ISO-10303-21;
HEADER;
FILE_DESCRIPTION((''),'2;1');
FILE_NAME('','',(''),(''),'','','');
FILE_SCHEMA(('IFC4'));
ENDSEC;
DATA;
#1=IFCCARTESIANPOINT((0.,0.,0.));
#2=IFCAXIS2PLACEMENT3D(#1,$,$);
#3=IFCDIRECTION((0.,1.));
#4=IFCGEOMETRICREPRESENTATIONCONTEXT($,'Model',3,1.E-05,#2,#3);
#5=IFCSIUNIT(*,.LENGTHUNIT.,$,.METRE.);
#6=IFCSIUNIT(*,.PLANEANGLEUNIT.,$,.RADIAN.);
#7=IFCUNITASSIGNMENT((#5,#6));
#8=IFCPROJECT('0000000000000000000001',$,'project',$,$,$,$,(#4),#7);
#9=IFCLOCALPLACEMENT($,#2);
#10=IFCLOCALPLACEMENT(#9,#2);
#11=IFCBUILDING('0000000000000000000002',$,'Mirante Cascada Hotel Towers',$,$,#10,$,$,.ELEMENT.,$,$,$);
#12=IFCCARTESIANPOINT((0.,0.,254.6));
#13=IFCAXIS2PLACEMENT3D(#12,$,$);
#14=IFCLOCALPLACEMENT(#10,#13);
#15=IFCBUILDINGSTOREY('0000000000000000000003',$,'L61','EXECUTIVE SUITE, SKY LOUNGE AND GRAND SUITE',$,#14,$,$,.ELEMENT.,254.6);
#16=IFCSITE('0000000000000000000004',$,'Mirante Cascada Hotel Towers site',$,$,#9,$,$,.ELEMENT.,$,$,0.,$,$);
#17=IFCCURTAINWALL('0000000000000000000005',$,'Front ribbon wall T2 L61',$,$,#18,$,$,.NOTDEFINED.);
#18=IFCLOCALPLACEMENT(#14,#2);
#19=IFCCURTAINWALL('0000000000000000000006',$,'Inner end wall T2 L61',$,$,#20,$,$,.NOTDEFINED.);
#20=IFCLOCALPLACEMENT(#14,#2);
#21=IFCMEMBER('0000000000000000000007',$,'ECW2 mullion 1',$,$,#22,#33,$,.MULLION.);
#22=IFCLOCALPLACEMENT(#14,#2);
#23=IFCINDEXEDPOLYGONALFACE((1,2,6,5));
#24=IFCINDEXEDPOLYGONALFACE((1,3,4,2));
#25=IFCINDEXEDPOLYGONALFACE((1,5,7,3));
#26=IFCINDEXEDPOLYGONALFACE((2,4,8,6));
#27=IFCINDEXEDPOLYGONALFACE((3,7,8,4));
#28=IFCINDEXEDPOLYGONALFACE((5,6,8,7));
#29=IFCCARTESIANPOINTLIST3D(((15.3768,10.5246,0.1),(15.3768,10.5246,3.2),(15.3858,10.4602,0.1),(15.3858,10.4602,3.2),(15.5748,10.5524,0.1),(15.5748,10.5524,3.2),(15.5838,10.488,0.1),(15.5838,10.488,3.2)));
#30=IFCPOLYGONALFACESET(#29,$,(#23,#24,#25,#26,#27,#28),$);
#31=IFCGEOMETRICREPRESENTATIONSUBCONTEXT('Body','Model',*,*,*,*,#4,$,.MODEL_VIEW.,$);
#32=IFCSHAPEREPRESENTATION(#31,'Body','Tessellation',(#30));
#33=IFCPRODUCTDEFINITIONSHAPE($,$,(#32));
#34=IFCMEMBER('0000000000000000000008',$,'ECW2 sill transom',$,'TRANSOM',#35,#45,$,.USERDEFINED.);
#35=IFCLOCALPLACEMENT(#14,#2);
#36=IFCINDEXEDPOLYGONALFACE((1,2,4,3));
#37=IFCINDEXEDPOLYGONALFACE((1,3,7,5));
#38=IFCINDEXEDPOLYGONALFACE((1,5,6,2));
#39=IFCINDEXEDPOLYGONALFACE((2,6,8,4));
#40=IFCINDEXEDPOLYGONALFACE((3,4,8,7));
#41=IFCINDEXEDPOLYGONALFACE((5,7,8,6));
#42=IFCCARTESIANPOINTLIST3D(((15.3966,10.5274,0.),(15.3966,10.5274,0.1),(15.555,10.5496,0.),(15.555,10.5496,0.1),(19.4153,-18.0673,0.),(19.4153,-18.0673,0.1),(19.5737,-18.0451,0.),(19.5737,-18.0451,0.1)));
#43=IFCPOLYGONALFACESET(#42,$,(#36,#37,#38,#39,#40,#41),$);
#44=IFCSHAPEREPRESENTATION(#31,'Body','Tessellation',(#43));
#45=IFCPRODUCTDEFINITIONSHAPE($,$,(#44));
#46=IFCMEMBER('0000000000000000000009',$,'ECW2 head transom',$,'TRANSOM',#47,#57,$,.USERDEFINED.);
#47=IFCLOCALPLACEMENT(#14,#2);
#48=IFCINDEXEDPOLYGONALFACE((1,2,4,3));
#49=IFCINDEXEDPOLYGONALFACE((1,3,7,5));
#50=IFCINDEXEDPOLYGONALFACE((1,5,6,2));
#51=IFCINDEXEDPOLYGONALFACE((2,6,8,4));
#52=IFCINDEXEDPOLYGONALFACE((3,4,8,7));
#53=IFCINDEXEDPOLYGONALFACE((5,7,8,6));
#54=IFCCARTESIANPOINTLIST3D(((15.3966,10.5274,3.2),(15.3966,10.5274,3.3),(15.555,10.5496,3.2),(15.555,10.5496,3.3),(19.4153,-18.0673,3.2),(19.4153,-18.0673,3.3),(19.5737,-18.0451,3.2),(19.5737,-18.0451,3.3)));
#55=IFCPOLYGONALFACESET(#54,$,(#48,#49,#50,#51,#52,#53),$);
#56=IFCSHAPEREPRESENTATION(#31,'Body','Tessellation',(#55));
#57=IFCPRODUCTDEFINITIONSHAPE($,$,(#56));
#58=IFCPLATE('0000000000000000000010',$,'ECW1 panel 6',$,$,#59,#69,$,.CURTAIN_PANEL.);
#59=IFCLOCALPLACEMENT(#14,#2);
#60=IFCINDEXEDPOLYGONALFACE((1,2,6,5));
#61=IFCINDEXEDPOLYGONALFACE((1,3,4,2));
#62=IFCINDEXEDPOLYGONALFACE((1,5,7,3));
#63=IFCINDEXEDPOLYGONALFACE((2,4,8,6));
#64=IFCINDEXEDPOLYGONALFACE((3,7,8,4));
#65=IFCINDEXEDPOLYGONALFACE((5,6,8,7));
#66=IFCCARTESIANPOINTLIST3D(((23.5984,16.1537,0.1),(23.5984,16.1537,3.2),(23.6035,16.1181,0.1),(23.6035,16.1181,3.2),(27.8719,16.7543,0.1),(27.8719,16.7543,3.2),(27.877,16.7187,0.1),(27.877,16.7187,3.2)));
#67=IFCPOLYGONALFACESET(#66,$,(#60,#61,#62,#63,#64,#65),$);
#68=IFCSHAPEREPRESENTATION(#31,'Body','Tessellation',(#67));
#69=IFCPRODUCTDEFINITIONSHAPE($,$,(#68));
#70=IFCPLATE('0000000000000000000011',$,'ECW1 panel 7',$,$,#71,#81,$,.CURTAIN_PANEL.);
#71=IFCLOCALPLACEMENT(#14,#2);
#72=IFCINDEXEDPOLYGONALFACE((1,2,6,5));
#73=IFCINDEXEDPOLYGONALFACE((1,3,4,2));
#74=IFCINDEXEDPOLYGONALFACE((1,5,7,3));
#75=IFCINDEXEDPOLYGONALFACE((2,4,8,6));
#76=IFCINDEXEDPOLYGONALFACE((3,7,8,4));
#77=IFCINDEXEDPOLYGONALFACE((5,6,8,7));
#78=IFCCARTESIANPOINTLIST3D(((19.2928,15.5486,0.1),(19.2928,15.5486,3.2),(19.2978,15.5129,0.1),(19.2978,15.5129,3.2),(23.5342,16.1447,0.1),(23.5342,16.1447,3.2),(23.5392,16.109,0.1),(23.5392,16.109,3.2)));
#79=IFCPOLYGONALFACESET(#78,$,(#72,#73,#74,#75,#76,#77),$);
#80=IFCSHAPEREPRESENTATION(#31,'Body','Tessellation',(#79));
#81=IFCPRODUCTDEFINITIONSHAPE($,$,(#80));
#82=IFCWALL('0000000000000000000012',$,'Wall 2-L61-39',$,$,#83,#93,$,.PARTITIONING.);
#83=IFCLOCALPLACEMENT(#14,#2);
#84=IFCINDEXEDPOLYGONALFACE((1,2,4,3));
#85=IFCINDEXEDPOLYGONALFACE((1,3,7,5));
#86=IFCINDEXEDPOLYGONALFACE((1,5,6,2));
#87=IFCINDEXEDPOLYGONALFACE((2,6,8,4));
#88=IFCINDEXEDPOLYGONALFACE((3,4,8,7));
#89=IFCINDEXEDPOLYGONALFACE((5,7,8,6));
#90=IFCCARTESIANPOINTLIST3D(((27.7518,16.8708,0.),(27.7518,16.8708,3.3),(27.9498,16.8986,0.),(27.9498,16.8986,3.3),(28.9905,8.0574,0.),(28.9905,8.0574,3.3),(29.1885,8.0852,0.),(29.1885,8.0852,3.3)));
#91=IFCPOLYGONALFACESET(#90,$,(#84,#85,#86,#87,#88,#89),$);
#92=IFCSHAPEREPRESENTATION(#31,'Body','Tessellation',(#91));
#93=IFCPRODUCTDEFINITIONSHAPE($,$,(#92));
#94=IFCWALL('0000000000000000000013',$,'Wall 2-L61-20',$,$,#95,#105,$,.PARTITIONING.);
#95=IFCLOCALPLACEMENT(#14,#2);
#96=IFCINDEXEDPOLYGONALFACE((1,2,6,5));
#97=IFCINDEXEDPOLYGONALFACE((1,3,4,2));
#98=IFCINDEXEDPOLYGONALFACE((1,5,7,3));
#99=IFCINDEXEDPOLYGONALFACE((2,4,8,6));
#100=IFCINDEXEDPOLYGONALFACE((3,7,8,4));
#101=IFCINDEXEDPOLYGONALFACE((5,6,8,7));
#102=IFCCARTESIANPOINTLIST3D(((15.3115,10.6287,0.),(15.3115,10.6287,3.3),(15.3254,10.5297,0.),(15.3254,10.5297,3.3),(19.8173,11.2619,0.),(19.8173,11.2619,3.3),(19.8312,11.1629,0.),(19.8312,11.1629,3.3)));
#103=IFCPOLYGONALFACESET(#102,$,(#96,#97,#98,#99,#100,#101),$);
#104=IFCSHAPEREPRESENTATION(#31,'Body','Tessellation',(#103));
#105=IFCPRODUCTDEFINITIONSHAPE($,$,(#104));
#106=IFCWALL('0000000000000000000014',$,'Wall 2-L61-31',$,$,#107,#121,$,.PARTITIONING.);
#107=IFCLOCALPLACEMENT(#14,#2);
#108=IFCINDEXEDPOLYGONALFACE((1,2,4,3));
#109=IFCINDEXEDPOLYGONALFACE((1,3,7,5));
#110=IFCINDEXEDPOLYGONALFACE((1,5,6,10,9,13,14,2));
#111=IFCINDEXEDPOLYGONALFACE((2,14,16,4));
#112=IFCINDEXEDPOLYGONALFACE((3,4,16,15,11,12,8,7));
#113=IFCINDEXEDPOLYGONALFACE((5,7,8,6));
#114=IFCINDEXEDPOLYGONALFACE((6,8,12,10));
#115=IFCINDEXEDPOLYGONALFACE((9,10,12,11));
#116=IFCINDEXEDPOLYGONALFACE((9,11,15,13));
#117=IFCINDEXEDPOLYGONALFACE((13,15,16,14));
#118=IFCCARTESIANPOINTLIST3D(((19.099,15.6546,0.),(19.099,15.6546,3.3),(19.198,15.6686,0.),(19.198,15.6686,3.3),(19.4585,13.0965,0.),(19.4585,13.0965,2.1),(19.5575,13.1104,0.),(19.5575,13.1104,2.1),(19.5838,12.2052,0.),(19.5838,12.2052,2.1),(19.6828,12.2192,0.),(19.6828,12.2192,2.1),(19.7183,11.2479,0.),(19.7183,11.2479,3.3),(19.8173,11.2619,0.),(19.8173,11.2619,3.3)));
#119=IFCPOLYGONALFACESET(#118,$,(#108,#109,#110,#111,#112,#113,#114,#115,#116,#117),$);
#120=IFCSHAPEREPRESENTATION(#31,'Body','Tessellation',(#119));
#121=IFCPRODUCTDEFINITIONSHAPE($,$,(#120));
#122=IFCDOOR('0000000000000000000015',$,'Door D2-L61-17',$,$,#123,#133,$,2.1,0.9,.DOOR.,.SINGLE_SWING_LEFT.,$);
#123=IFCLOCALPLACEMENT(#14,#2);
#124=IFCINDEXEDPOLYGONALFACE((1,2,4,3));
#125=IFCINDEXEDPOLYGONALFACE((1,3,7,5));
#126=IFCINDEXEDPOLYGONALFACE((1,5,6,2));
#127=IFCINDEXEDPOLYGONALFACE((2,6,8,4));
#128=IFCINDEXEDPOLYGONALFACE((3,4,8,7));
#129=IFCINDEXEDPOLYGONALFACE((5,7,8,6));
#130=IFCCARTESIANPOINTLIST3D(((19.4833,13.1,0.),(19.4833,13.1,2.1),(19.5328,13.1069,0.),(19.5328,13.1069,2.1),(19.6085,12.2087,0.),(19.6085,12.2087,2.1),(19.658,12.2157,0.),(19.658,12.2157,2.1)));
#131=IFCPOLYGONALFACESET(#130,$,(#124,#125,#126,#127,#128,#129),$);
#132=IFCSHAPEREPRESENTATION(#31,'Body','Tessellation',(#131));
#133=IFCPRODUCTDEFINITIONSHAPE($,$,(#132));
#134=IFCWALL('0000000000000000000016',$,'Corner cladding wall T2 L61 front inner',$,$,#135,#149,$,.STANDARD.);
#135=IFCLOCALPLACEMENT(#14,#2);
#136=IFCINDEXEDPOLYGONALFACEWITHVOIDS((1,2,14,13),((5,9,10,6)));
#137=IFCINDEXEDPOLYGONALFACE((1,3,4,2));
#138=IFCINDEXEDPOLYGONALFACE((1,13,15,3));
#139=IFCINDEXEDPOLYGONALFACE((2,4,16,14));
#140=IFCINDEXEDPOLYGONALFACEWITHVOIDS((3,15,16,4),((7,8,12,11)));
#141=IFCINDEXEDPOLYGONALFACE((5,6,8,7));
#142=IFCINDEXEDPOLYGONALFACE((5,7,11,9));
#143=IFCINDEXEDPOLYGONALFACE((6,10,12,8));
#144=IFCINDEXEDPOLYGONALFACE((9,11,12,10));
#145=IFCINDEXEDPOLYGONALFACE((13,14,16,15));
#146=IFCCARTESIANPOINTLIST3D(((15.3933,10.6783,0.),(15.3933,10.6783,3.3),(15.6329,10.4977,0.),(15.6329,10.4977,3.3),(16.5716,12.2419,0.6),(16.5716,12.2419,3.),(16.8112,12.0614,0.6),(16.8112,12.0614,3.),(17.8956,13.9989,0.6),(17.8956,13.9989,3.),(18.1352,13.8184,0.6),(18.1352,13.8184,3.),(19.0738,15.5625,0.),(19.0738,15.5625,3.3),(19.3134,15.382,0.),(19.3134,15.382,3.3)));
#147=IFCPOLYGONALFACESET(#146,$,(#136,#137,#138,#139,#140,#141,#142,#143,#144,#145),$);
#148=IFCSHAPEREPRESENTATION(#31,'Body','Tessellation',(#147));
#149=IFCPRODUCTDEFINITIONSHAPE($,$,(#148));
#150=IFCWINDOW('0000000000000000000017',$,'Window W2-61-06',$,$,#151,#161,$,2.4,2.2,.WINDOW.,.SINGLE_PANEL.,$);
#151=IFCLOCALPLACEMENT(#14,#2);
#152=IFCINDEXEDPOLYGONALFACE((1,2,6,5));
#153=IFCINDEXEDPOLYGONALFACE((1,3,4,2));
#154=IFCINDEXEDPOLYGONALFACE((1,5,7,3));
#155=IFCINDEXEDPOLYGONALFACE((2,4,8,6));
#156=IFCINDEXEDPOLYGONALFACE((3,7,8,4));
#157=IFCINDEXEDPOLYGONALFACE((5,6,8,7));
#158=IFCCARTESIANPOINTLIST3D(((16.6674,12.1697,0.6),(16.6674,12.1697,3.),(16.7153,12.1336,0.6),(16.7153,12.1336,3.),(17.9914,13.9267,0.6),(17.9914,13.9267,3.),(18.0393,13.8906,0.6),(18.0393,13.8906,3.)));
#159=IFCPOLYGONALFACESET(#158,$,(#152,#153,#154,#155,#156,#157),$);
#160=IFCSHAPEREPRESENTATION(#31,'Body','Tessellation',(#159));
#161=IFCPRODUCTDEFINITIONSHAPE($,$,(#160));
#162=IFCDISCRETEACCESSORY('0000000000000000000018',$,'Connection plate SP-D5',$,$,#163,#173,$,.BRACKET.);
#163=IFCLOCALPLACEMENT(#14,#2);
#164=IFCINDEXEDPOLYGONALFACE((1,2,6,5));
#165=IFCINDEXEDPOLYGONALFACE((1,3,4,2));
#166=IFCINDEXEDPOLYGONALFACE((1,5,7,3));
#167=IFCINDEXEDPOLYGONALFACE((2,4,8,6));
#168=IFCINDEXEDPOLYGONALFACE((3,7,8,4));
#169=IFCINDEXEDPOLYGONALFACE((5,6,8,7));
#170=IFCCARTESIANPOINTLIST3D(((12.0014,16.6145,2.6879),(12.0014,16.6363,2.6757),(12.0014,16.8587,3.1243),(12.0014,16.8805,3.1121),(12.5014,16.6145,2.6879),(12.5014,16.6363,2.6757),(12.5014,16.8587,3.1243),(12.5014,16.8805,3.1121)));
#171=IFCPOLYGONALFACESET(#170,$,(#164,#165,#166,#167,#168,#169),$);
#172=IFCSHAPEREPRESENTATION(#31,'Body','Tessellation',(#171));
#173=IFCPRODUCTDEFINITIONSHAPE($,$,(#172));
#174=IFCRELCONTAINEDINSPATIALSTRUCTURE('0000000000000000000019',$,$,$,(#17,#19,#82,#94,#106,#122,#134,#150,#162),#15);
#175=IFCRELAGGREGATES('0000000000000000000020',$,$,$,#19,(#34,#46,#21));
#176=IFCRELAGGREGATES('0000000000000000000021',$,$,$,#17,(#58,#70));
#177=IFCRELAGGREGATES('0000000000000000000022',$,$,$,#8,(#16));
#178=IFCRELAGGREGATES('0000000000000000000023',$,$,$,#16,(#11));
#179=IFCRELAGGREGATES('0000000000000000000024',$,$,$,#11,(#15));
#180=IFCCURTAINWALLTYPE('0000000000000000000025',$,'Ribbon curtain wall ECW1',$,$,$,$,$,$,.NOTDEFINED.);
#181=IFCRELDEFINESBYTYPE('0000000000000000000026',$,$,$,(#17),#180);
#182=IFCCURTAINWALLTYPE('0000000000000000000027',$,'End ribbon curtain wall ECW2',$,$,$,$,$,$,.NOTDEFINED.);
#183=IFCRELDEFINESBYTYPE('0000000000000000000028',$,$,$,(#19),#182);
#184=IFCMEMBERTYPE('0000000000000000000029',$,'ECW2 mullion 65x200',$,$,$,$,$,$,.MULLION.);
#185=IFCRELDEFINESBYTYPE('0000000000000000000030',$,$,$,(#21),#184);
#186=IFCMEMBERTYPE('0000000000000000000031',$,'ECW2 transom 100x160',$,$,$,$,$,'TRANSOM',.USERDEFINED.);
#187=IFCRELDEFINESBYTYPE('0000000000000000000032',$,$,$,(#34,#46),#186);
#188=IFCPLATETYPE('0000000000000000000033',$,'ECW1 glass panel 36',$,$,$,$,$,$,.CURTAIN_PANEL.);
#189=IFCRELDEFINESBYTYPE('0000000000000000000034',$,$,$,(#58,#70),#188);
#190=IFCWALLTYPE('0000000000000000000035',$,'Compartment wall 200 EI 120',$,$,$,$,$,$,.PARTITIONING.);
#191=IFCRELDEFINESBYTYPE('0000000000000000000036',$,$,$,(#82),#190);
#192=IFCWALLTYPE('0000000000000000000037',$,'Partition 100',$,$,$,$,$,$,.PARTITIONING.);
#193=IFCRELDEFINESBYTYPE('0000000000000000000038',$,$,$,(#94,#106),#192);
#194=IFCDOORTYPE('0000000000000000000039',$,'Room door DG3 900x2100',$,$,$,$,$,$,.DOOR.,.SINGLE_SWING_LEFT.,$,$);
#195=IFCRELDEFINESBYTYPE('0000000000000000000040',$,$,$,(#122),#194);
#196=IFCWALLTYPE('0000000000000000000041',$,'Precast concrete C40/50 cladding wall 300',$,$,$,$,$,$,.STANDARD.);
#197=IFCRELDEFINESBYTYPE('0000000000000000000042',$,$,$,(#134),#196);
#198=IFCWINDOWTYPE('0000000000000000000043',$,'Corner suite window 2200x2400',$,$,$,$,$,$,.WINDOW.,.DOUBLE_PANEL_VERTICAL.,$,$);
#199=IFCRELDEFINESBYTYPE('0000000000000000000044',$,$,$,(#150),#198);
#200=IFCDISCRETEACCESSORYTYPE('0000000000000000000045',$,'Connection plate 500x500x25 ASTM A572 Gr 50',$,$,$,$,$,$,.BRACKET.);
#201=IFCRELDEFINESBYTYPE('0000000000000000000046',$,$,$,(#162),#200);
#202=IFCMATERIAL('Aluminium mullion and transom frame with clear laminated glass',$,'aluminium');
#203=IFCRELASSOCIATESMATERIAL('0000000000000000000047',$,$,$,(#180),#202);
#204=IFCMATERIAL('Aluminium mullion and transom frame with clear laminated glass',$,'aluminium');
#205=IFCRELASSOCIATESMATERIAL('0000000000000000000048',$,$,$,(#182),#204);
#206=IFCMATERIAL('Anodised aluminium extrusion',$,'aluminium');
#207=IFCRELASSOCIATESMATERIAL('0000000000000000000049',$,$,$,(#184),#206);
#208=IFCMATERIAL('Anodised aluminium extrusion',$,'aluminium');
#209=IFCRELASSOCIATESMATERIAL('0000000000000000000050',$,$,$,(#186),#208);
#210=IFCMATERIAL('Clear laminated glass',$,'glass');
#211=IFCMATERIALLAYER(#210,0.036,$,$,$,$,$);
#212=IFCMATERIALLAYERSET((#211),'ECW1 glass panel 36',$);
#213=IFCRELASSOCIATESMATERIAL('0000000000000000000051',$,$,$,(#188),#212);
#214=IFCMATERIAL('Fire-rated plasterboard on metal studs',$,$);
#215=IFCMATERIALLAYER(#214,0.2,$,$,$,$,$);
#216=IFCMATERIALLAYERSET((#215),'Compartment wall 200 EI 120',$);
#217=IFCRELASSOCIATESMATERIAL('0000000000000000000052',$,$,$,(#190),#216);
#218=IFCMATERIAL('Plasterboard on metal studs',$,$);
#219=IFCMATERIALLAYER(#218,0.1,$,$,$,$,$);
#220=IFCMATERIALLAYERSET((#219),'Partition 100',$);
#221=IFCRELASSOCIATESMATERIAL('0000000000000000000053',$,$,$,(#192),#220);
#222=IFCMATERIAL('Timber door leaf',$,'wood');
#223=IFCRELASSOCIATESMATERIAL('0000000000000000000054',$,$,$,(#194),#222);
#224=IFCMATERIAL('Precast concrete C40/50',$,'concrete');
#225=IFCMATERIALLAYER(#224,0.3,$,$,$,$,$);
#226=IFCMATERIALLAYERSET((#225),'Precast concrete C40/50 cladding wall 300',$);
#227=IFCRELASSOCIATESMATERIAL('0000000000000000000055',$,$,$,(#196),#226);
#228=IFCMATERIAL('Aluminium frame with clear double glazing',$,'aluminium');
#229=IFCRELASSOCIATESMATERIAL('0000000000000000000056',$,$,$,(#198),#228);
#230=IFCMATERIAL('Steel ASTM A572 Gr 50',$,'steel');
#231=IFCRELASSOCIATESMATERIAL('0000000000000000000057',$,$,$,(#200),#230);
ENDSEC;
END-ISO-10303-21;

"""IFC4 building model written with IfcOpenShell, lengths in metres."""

from ifc_helpers import new_model, si_unit, direction, frame, frame_2d, origin, origin_2d, place, context, subcontext, project, spatial, rectangle, extrude, material, layer, layer_set, material_profile, profile_set, type_object, element, fill, aggregate, save


model = new_model("IFC4")

# Units and contexts
model_context = context("Model", 3, precision=1e-05, world=origin(), true_north=direction((0.0, 1.0)))
body_context = subcontext(model_context, "Body", "Model", "MODEL_VIEW")
ifc_project = project(units=[si_unit("LENGTHUNIT", "METRE"), si_unit("PLANEANGLEUNIT", "RADIAN")], contexts=[model_context])

# Site, building, storey
site_placement = place(None, origin())
site = spatial("IfcSite", under=ifc_project, at=site_placement, Name="Mirante Cascada Hotel Towers site", CompositionType="ELEMENT", RefElevation=0.0)
building_placement = place(site_placement, origin())
building = spatial("IfcBuilding", under=site, at=building_placement, Name="Mirante Cascada Hotel Towers", CompositionType="ELEMENT")
storey_placement = place(building_placement, frame((0.0, 0.0, 254.6)))
storey = spatial("IfcBuildingStorey", under=building, at=storey_placement, Name="L61", Description="EXECUTIVE SUITE, SKY LOUNGE AND GRAND SUITE", CompositionType="ELEMENT", Elevation=254.6)

# Curtain walls, members
ifc_material_1 = material(Name="Aluminium mullion and transom frame with clear laminated glass", Category="aluminium")
curtain_wall_type_1 = type_object("IfcCurtainWallType", Name="Ribbon curtain wall ECW1", PredefinedType="NOTDEFINED", material=ifc_material_1)
curtain_wall_1_placement = place(storey_placement, origin())
curtain_wall_1 = element("IfcCurtainWall", 1, at=curtain_wall_1_placement, inside=storey, type_object=curtain_wall_type_1, Name="Front ribbon wall T2 L61", PredefinedType="NOTDEFINED")
ifc_material_2 = material(Name="Aluminium mullion and transom frame with clear laminated glass", Category="aluminium")
curtain_wall_type_2 = type_object("IfcCurtainWallType", Name="End ribbon curtain wall ECW2", PredefinedType="NOTDEFINED", material=ifc_material_2)
curtain_wall_2_placement = place(storey_placement, origin())
curtain_wall_2 = element("IfcCurtainWall", 2, at=curtain_wall_2_placement, inside=storey, type_object=curtain_wall_type_2, Name="Inner end wall T2 L61", PredefinedType="NOTDEFINED")
ifc_material_3 = material(Name="Anodised aluminium extrusion", Category="aluminium")
ifc_material_profile_1 = material_profile(ifc_material_3, rectangle(XDim=0.2, YDim=0.065, at=origin_2d()), Name="ECW2 MULLION 65x200")
ifc_profile_set_1 = profile_set([ifc_material_profile_1], Name="Anodised aluminium extrusion")
member_type_1 = type_object("IfcMemberType", Name="ECW2 mullion 65x200", PredefinedType="MULLION", material=ifc_profile_set_1)
member_1_placement = place(storey_placement, frame((15.4803, 10.5063, 0.1), z_axis=(0.0, 0.0, 1.0), x_axis=(0.990268, 0.139173, 0.0)))
member_1 = element("IfcMember", 3, at=member_1_placement, type_object=member_type_1, Name="ECW2 mullion 1", PredefinedType="MULLION", context=body_context, shape_type="SweptSolid", body=[
    extrude(rectangle(XDim=0.2, YDim=0.065, at=origin_2d()), origin(), (0.0, 0.0, 1.0), 3.1),
])
ifc_material_4 = material(Name="Anodised aluminium extrusion", Category="aluminium")
ifc_material_profile_2 = material_profile(ifc_material_4, rectangle(XDim=0.16, YDim=0.1, at=origin_2d()), Name="ECW2 TRANSOM 100x160")
ifc_profile_set_2 = profile_set([ifc_material_profile_2], Name="Anodised aluminium extrusion")
member_type_2 = type_object("IfcMemberType", Name="ECW2 transom 100x160", ElementType="TRANSOM", PredefinedType="USERDEFINED", material=ifc_profile_set_2)
member_2_placement = place(storey_placement, frame((15.4758, 10.5385, 0.05), z_axis=(0.139172, -0.990268, 0.0), x_axis=(0.990268, 0.139172, 0.0)))
member_2 = element("IfcMember", 4, at=member_2_placement, type_object=member_type_2, Name="ECW2 sill transom", ObjectType="TRANSOM", PredefinedType="USERDEFINED", context=body_context, shape_type="SweptSolid", body=[
    extrude(rectangle(XDim=0.16, YDim=0.1, at=origin_2d()), origin(), (0.0, 0.0, 1.0), 28.8757),
])
member_3_placement = place(storey_placement, frame((15.4758, 10.5385, 3.25), z_axis=(0.139172, -0.990268, 0.0), x_axis=(0.990268, 0.139172, 0.0)))
member_3 = element("IfcMember", 5, at=member_3_placement, type_object=member_type_2, Name="ECW2 head transom", ObjectType="TRANSOM", PredefinedType="USERDEFINED", context=body_context, shape_type="SweptSolid", body=[
    extrude(rectangle(XDim=0.16, YDim=0.1, at=origin_2d()), origin(), (0.0, 0.0, 1.0), 28.8757),
])
aggregate(curtain_wall_2, [member_2, member_3, member_1])

# Plates
ifc_material_5 = material(Name="Clear laminated glass", Category="glass")
ifc_layer_1 = layer(ifc_material_5, 0.036)
ifc_layer_set_1 = layer_set([ifc_layer_1], Name="ECW1 glass panel 36")
plate_type = type_object("IfcPlateType", Name="ECW1 glass panel 36", PredefinedType="CURTAIN_PANEL", material=ifc_layer_set_1)
plate_1_placement = place(storey_placement, frame((25.7377, 16.4362, 0.1), z_axis=(0.0, 0.0, 1.0), x_axis=(-0.990268, -0.139173, 0.0)))
plate_1 = element("IfcPlate", 6, at=plate_1_placement, type_object=plate_type, Name="ECW1 panel 6", PredefinedType="CURTAIN_PANEL", context=body_context, shape_type="SweptSolid", body=[
    extrude(rectangle(XDim=4.3155, YDim=0.036, at=origin_2d()), origin(), (0.0, 0.0, 1.0), 3.1),
])
plate_2_placement = place(storey_placement, frame((21.416, 15.8288, 0.1), z_axis=(0.0, 0.0, 1.0), x_axis=(-0.990268, -0.139173, 0.0)))
plate_2 = element("IfcPlate", 7, at=plate_2_placement, type_object=plate_type, Name="ECW1 panel 7", PredefinedType="CURTAIN_PANEL", context=body_context, shape_type="SweptSolid", body=[
    extrude(rectangle(XDim=4.283, YDim=0.036, at=origin_2d()), origin(), (0.0, 0.0, 1.0), 3.1),
])
aggregate(curtain_wall_1, [plate_1, plate_2])

# Walls
ifc_material_6 = material(Name="Fire-rated plasterboard on metal studs")
ifc_layer_2 = layer(ifc_material_6, 0.2)
ifc_layer_set_2 = layer_set([ifc_layer_2], Name="Compartment wall 200 EI 120")
wall_type_1 = type_object("IfcWallType", Name="Compartment wall 200 EI 120", PredefinedType="PARTITIONING", material=ifc_layer_set_2)
wall_1_placement = place(storey_placement, frame((27.8508, 16.8847, 0.0), z_axis=(0.0, 0.0, 1.0), x_axis=(0.139179, -0.990267, 0.0)))
element("IfcWall", 8, at=wall_1_placement, inside=storey, type_object=wall_type_1, Name="Wall 2-L61-39", PredefinedType="PARTITIONING", context=body_context, shape_type="SweptSolid", body=[
    extrude(rectangle(XDim=8.9, YDim=0.2, at=frame_2d((4.45, 0.0))), origin(), (0.0, 0.0, 1.0), 3.3),
])
ifc_material_7 = material(Name="Plasterboard on metal studs")
ifc_layer_3 = layer(ifc_material_7, 0.1)
ifc_layer_set_3 = layer_set([ifc_layer_3], Name="Partition 100")
wall_type_2 = type_object("IfcWallType", Name="Partition 100", PredefinedType="PARTITIONING", material=ifc_layer_set_3)
wall_2_placement = place(storey_placement, frame((15.3185, 10.5792, 0.0), z_axis=(0.0, 0.0, 1.0), x_axis=(0.99027, 0.139163, 0.0)))
element("IfcWall", 9, at=wall_2_placement, inside=storey, type_object=wall_type_2, Name="Wall 2-L61-20", PredefinedType="PARTITIONING", context=body_context, shape_type="SweptSolid", body=[
    extrude(rectangle(XDim=4.5501, YDim=0.1, at=frame_2d((2.275, 0.0))), origin(), (0.0, 0.0, 1.0), 3.3),
])

# Wall, opening, door
wall_3_placement = place(storey_placement, frame((19.1485, 15.6616, 0.0), z_axis=(0.0, 0.0, 1.0), x_axis=(0.139168, -0.990269, 0.0)))
wall_3 = element("IfcWall", 10, at=wall_3_placement, inside=storey, type_object=wall_type_2, Name="Wall 2-L61-31", PredefinedType="PARTITIONING", context=body_context, shape_type="SweptSolid", body=[
    extrude(rectangle(XDim=4.45, YDim=0.1, at=frame_2d((2.225, 0.0))), origin(), (0.0, 0.0, 1.0), 3.3),
])
opening_1_placement = place(wall_3_placement, frame((2.5833, 0.0, 0.0)))
opening_1 = element("IfcOpeningElement", 11, at=opening_1_placement, cuts=wall_3, PredefinedType="OPENING", context=body_context, shape_type="SweptSolid", body=[
    extrude(rectangle(XDim=0.9, YDim=2.1, at=frame_2d((0.45, 1.05))), frame((0.0, 0.05, 0.0), z_axis=(0.0, -1.0, 0.0), x_axis=(1.0, 0.0, 0.0)), (0.0, 0.0, 1.0), 0.1),
])
ifc_material_8 = material(Name="Timber door leaf", Category="wood")
door_type = type_object("IfcDoorType", Name="Room door DG3 900x2100", OperationType="SINGLE_SWING_LEFT", PredefinedType="DOOR", material=ifc_material_8)
door_placement = place(opening_1_placement, origin())
door = element("IfcDoor", 12, at=door_placement, inside=storey, type_object=door_type, Name="Door D2-L61-17", OperationType="SINGLE_SWING_LEFT", OverallHeight=2.1, OverallWidth=0.9, PredefinedType="DOOR", context=body_context, shape_type="SweptSolid", body=[
    extrude(rectangle(XDim=0.9, YDim=2.1, at=frame_2d((0.45, 1.05))), frame((0.0, 0.025, 0.0), z_axis=(0.0, -1.0, 0.0), x_axis=(1.0, 0.0, 0.0)), (0.0, 0.0, 1.0), 0.05),
])
fill(opening_1, door)

# Wall, opening, window
ifc_material_9 = material(Name="Precast concrete C40/50", Category="concrete")
ifc_layer_4 = layer(ifc_material_9, 0.3)
ifc_layer_set_4 = layer_set([ifc_layer_4], Name="Precast concrete C40/50 cladding wall 300")
wall_type_3 = type_object("IfcWallType", Name="Precast concrete C40/50 cladding wall 300", PredefinedType="STANDARD", material=ifc_layer_set_4)
wall_4_placement = place(storey_placement, frame((19.1936, 15.4722, 0.0), z_axis=(0.0, 0.0, 1.0), x_axis=(-0.601814, -0.798636, 0.0)))
wall_4 = element("IfcWall", 13, at=wall_4_placement, inside=storey, type_object=wall_type_3, Name="Corner cladding wall T2 L61 front inner", PredefinedType="STANDARD", context=body_context, shape_type="SweptSolid", body=[
    extrude(rectangle(XDim=6.1157, YDim=0.3, at=frame_2d((3.0578, 0.0))), origin(), (0.0, 0.0, 1.0), 3.3),
])
opening_2_placement = place(wall_4_placement, frame((1.9578, 0.0, 0.6)))
opening_2 = element("IfcOpeningElement", 14, at=opening_2_placement, cuts=wall_4, PredefinedType="OPENING", context=body_context, shape_type="SweptSolid", body=[
    extrude(rectangle(XDim=2.2, YDim=2.4, at=frame_2d((1.1, 1.2))), frame((0.0, 0.15, 0.0), z_axis=(0.0, -1.0, 0.0), x_axis=(1.0, 0.0, 0.0)), (0.0, 0.0, 1.0), 0.3),
])
ifc_material_10 = material(Name="Aluminium frame with clear double glazing", Category="aluminium")
window_type = type_object("IfcWindowType", Name="Corner suite window 2200x2400", PartitioningType="DOUBLE_PANEL_VERTICAL", PredefinedType="WINDOW", material=ifc_material_10)
window_placement = place(opening_2_placement, origin())
window = element("IfcWindow", 15, at=window_placement, inside=storey, type_object=window_type, Name="Window W2-61-06", OverallHeight=2.4, OverallWidth=2.2, PartitioningType="SINGLE_PANEL", PredefinedType="WINDOW", context=body_context, shape_type="SweptSolid", body=[
    extrude(rectangle(XDim=2.2, YDim=2.4, at=frame_2d((1.1, 1.2))), frame((0.0, 0.03, 0.0), z_axis=(0.0, -1.0, 0.0), x_axis=(1.0, 0.0, 0.0)), (0.0, 0.0, 1.0), 0.06),
])
fill(opening_2, window)

# Discrete accessory
ifc_material_11 = material(Name="Steel ASTM A572 Gr 50", Category="steel")
ifc_material_profile_3 = material_profile(ifc_material_11, rectangle(XDim=0.5, YDim=0.5, at=origin_2d()), Name="Connection plate 500x500x25 ASTM A572 Gr 50")
ifc_profile_set_3 = profile_set([ifc_material_profile_3], Name="Steel ASTM A572 Gr 50")
discrete_accessory_type_1 = type_object("IfcDiscreteAccessoryType", Name="Connection plate 500x500x25 ASTM A572 Gr 50", PredefinedType="BRACKET", material=ifc_profile_set_3)
for number, where, z_axis, x_axis, name in (
    (16, (12.2514, 16.7584, 2.8939), (0.0, -0.872642, 0.48836), (1.0, 0.0, 0.0), "Connection plate SP-D5"),
):
    element("IfcDiscreteAccessory", number, at=place(storey_placement, frame(where, z_axis=z_axis, x_axis=x_axis)), inside=storey, type_object=discrete_accessory_type_1, Name=name, PredefinedType="BRACKET", context=body_context, shape_type="SweptSolid", body=[
        extrude(rectangle(XDim=0.5, YDim=0.5, at=origin_2d()), origin(), (0.0, 0.0, 1.0), 0.025),
    ])

save(model, "model.ifc")
